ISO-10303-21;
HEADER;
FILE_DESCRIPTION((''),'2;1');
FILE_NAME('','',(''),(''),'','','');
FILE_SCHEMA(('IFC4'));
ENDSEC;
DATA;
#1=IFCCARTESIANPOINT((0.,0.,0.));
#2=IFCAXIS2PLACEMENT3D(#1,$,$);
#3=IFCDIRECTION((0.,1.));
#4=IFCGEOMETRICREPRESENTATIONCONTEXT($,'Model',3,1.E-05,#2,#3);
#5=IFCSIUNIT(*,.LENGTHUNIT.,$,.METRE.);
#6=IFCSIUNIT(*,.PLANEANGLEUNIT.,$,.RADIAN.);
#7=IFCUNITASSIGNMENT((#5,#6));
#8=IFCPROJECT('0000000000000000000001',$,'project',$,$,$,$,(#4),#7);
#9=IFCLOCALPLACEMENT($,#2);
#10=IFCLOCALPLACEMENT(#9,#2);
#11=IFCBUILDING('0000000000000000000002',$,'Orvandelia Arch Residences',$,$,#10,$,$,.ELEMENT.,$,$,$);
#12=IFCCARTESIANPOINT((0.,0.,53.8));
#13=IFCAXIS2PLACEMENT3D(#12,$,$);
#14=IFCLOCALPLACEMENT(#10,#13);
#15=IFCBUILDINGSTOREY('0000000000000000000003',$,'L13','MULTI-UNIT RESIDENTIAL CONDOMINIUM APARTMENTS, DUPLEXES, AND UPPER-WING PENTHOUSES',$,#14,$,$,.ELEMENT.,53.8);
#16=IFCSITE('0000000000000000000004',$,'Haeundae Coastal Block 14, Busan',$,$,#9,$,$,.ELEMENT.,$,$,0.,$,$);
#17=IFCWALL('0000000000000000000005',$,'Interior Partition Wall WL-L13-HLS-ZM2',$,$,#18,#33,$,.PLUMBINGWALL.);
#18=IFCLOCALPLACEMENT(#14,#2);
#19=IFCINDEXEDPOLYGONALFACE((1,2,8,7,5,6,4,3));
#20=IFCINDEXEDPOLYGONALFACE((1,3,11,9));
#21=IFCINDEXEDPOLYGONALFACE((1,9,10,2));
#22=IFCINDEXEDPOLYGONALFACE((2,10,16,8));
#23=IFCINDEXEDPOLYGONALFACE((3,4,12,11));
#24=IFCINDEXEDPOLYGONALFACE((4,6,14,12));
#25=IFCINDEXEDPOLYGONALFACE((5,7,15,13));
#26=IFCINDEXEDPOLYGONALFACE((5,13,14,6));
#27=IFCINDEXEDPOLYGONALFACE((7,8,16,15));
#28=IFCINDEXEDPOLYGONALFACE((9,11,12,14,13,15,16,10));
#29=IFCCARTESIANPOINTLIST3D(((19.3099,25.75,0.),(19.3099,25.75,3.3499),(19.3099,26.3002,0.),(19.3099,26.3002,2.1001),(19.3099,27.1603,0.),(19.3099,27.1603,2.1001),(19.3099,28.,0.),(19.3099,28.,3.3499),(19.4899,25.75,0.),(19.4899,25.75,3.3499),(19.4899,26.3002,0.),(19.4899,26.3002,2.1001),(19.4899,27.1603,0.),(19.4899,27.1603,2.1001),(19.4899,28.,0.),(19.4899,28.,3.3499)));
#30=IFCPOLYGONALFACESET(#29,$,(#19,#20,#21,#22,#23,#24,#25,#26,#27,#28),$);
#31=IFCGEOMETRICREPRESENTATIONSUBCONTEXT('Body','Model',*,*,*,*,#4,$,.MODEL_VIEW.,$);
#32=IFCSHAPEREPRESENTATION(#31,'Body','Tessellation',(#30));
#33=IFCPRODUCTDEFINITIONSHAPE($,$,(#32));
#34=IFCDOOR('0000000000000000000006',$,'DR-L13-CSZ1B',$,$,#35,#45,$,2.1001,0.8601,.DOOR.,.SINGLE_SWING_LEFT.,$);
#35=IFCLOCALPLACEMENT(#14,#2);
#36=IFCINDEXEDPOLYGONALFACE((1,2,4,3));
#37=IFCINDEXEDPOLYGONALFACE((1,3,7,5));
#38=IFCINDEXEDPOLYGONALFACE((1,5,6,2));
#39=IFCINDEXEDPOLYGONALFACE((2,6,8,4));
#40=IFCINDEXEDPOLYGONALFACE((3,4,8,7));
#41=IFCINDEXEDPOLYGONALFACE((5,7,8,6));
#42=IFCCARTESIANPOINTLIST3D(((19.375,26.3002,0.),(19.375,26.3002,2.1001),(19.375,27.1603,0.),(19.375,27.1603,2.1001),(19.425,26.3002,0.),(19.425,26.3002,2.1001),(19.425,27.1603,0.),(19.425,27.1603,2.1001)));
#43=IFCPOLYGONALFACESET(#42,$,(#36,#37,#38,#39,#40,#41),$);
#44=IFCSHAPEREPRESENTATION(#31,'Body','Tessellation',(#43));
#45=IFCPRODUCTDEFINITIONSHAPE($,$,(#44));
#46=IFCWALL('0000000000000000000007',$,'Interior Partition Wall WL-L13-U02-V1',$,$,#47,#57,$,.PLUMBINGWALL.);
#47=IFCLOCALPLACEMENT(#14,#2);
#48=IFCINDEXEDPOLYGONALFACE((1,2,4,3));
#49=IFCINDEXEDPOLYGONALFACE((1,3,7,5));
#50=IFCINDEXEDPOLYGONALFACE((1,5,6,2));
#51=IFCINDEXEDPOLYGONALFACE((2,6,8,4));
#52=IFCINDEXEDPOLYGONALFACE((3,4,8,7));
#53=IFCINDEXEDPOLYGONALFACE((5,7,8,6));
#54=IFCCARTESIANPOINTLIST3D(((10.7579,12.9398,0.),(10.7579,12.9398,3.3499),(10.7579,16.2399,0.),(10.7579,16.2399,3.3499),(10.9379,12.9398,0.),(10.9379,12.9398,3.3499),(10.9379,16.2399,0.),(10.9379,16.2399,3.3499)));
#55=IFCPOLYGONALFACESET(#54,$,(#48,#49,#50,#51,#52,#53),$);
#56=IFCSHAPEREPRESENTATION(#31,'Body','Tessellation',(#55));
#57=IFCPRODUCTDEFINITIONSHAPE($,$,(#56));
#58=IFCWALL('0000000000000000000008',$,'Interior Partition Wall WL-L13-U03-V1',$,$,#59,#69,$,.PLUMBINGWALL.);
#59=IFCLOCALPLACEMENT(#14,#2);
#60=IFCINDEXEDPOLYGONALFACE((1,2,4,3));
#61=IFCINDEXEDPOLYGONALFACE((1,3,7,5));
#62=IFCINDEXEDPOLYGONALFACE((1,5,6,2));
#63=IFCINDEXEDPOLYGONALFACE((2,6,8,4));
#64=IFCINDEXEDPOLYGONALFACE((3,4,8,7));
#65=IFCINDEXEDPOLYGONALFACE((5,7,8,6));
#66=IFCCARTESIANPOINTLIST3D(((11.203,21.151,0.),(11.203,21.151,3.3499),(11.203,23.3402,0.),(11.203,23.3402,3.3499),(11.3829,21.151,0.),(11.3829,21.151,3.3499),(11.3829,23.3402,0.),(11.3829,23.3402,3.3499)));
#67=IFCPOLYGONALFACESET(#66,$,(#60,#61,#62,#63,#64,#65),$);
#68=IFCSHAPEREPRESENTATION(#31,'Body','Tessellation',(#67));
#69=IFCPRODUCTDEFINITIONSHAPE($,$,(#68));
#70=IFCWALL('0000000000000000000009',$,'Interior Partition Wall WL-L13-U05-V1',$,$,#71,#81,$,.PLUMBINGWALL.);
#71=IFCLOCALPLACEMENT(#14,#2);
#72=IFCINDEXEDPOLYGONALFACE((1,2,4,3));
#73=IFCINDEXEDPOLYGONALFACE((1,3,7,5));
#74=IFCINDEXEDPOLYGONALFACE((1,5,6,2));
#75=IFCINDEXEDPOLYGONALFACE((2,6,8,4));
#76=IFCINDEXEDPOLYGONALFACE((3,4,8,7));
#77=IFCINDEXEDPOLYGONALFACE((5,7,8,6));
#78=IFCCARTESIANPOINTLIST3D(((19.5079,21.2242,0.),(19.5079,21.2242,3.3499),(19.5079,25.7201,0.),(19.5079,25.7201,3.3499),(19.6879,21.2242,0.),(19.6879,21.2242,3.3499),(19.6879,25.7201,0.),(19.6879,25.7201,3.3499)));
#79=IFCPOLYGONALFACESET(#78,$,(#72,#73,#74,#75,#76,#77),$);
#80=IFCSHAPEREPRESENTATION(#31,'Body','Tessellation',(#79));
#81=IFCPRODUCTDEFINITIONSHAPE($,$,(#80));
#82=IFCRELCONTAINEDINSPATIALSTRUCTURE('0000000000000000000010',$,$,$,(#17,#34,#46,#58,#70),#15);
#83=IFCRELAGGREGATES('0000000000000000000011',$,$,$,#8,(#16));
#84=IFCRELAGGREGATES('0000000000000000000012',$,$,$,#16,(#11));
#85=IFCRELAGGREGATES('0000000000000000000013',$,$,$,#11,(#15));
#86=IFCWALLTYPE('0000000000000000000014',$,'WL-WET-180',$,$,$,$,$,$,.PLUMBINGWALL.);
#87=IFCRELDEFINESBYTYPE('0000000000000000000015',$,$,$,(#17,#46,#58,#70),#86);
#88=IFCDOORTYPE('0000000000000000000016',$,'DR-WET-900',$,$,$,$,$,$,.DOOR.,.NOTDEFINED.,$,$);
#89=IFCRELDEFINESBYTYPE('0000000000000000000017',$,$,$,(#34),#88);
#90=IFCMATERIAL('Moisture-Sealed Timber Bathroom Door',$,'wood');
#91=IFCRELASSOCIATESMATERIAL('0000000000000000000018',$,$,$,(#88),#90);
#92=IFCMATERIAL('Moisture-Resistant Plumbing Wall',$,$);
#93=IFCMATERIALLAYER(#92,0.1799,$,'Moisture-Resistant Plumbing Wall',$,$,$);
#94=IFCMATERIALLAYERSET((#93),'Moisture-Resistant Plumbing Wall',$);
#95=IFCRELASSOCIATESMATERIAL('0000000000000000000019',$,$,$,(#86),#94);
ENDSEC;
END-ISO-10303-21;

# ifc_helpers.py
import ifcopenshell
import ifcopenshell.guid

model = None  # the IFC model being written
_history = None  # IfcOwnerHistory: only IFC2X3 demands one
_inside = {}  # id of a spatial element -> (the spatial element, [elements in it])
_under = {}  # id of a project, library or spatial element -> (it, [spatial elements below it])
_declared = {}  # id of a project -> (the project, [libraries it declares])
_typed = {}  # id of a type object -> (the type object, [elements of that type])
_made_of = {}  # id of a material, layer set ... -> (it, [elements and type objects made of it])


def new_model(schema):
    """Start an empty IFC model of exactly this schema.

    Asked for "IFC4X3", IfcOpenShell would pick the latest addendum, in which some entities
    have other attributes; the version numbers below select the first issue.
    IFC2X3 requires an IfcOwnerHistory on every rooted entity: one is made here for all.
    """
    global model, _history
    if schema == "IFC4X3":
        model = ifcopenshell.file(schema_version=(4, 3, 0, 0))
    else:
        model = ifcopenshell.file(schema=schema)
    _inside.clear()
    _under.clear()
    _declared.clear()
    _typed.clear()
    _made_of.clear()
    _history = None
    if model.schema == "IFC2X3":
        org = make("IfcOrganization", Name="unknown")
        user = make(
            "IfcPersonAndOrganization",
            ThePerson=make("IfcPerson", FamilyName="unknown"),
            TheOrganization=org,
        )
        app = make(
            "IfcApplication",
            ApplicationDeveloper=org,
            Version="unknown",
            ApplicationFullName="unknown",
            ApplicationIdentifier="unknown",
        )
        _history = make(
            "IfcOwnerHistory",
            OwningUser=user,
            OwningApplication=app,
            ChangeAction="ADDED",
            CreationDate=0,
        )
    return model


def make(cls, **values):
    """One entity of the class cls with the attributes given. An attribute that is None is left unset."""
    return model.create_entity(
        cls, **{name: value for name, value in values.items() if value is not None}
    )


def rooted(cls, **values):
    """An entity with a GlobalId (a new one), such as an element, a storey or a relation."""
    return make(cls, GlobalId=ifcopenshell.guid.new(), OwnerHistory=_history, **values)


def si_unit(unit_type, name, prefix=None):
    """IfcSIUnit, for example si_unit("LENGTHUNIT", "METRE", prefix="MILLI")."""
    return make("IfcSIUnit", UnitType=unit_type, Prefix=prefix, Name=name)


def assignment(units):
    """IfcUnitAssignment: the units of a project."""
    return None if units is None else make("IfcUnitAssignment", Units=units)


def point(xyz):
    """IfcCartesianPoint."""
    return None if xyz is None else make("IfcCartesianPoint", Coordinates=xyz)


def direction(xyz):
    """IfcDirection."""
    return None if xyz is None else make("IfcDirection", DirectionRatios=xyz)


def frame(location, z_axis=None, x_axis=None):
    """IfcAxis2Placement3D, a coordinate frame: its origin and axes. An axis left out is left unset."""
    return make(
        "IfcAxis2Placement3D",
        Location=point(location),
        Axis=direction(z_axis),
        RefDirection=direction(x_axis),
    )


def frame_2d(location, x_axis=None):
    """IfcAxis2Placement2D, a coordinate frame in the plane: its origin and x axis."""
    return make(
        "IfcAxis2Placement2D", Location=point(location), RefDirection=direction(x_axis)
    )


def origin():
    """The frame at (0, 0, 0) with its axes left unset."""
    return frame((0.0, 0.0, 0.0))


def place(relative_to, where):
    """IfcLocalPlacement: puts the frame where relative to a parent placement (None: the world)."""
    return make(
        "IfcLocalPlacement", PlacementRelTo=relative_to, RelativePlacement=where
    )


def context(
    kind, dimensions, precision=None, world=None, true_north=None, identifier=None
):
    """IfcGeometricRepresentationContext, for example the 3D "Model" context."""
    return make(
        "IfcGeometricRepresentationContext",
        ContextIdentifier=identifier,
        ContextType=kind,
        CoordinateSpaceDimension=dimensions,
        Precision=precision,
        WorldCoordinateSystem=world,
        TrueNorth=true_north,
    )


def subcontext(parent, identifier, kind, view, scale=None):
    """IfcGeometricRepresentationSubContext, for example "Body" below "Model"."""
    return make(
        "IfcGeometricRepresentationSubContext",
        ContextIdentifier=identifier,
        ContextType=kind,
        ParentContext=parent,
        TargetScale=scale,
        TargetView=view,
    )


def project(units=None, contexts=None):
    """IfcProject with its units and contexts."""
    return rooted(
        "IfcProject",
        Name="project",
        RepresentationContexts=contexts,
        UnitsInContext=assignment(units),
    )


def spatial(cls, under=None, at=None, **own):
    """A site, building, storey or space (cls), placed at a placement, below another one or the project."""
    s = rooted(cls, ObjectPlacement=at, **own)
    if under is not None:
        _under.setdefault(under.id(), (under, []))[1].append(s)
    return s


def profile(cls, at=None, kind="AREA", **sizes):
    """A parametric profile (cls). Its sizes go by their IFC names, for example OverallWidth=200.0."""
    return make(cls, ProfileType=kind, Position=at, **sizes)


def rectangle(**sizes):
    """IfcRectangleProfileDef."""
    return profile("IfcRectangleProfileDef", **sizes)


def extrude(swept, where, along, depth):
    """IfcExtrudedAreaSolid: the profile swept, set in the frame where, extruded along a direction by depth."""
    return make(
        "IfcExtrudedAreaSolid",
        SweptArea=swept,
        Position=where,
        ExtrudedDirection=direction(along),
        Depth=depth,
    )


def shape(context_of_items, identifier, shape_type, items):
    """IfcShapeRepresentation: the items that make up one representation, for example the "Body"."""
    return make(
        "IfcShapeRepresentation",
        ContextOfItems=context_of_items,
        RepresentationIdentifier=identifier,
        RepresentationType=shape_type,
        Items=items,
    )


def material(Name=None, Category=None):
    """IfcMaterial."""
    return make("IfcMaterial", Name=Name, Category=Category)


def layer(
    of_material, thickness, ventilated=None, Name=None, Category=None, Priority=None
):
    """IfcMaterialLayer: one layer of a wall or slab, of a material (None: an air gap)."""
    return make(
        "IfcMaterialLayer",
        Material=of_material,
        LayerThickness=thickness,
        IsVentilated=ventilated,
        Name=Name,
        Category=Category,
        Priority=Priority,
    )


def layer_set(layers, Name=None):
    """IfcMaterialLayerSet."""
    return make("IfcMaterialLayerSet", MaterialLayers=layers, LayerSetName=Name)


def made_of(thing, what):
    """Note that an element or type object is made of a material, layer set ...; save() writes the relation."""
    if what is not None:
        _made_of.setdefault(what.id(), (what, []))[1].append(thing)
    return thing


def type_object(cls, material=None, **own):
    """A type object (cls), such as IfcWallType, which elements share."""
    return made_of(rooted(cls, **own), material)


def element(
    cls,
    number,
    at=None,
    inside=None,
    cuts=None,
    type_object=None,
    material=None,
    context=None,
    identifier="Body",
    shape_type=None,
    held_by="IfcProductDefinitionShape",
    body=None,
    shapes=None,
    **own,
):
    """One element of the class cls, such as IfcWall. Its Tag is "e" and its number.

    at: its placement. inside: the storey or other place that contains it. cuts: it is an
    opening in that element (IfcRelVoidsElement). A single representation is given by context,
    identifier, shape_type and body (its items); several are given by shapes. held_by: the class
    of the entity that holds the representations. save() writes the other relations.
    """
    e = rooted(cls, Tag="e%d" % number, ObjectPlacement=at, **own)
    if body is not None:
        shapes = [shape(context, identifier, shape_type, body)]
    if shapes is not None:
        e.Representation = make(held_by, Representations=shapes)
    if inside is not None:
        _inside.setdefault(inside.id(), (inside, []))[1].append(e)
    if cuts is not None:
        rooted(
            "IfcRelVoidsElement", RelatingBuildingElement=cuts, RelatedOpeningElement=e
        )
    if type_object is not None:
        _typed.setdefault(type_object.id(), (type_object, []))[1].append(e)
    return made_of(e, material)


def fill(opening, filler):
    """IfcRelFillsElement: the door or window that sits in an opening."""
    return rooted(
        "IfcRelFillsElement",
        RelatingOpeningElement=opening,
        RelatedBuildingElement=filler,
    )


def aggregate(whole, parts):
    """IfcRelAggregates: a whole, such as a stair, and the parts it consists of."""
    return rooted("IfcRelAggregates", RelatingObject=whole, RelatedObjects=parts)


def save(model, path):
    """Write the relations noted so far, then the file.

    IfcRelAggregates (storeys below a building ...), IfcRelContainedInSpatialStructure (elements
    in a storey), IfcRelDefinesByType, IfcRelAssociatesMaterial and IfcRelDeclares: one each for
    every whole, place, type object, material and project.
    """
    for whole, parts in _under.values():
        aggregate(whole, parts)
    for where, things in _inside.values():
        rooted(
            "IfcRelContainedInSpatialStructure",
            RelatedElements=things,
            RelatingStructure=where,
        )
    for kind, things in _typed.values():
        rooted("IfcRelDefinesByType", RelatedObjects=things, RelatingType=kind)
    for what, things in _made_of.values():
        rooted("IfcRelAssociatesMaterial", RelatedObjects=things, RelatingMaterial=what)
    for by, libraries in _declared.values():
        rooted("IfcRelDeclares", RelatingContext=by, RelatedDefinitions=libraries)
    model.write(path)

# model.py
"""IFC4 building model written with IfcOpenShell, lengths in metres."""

from ifc_helpers import new_model, si_unit, direction, frame, frame_2d, origin, place, context, subcontext, project, spatial, rectangle, extrude, material, layer, layer_set, type_object, element, fill, save


model = new_model("IFC4")

# Units and contexts
model_context = context("Model", 3, precision=1e-05, world=origin(), true_north=direction((0.0, 1.0)))
body_context = subcontext(model_context, "Body", "Model", "MODEL_VIEW")
ifc_project = project(units=[si_unit("LENGTHUNIT", "METRE"), si_unit("PLANEANGLEUNIT", "RADIAN")], contexts=[model_context])

# Site, building, storey
site_placement = place(None, origin())
site = spatial("IfcSite", under=ifc_project, at=site_placement, Name="Haeundae Coastal Block 14, Busan", CompositionType="ELEMENT", RefElevation=0.0)
building_placement = place(site_placement, origin())
building = spatial("IfcBuilding", under=site, at=building_placement, Name="Orvandelia Arch Residences", CompositionType="ELEMENT")
storey_placement = place(building_placement, frame((0.0, 0.0, 53.8)))
storey = spatial("IfcBuildingStorey", under=building, at=storey_placement, Name="L13", Description="MULTI-UNIT RESIDENTIAL CONDOMINIUM APARTMENTS, DUPLEXES, AND UPPER-WING PENTHOUSES", CompositionType="ELEMENT", Elevation=53.8)

# Shared definitions
ifc_material_1 = material(Name="Moisture-Sealed Timber Bathroom Door", Category="wood")
door_type_1 = type_object("IfcDoorType", Name="DR-WET-900", OperationType="NOTDEFINED", PredefinedType="DOOR", material=ifc_material_1)

# Wall, opening, door
ifc_material_2 = material(Name="Moisture-Resistant Plumbing Wall")
ifc_layer_1 = layer(ifc_material_2, 0.1799, Name="Moisture-Resistant Plumbing Wall")
ifc_layer_set_1 = layer_set([ifc_layer_1], Name="Moisture-Resistant Plumbing Wall")
wall_type_1 = type_object("IfcWallType", Name="WL-WET-180", PredefinedType="PLUMBINGWALL", material=ifc_layer_set_1)
wall_1_placement = place(storey_placement, frame((19.3999, 25.75, 0.0), z_axis=(0.0, 0.0, 1.0), x_axis=(0.0, 1.0, 0.0)))
wall_1 = element("IfcWall", 1, at=wall_1_placement, inside=storey, type_object=wall_type_1, Name="Interior Partition Wall WL-L13-HLS-ZM2", PredefinedType="PLUMBINGWALL", context=body_context, shape_type="SweptSolid", body=[
    extrude(rectangle(XDim=2.25, YDim=0.1799, at=frame_2d((1.125, 0.0))), origin(), (0.0, 0.0, 1.0), 3.3499),
])
opening_1_placement = place(wall_1_placement, frame((0.55, 0.0, 0.0)))
opening_1 = element("IfcOpeningElement", 2, at=opening_1_placement, cuts=wall_1, PredefinedType="OPENING", context=body_context, shape_type="SweptSolid", body=[
    extrude(rectangle(XDim=0.8601, YDim=2.1001, at=frame_2d((0.4302, 1.05))), frame((0.0, 0.1001, 0.0), z_axis=(0.0, -1.0, 0.0), x_axis=(1.0, 0.0, 0.0)), (0.0, 0.0, 1.0), 0.2),
])
door_1_placement = place(opening_1_placement, origin())
door_1 = element("IfcDoor", 3, at=door_1_placement, inside=storey, type_object=door_type_1, Name="DR-L13-CSZ1B", OperationType="SINGLE_SWING_LEFT", OverallHeight=2.1001, OverallWidth=0.8601, PredefinedType="DOOR", context=body_context, shape_type="SweptSolid", body=[
    extrude(rectangle(XDim=0.8601, YDim=2.1001, at=frame_2d((0.4302, 1.05))), frame((0.0, 0.0249, 0.0), z_axis=(0.0, -1.0, 0.0), x_axis=(1.0, 0.0, 0.0)), (0.0, 0.0, 1.0), 0.05),
])
fill(opening_1, door_1)

# Walls
wall_2_placement = place(storey_placement, frame((10.8479, 12.9399, 0.0), z_axis=(0.0, 0.0, 1.0), x_axis=(0.0, 1.0, 0.0)))
element("IfcWall", 4, at=wall_2_placement, inside=storey, type_object=wall_type_1, Name="Interior Partition Wall WL-L13-U02-V1", PredefinedType="PLUMBINGWALL", context=body_context, shape_type="SweptSolid", body=[
    extrude(rectangle(XDim=3.3, YDim=0.1799, at=frame_2d((1.6499, 0.0))), origin(), (0.0, 0.0, 1.0), 3.3499),
])
wall_3_placement = place(storey_placement, frame((11.293, 21.1509, 0.0), z_axis=(0.0, 0.0, 1.0), x_axis=(0.0, 1.0, 0.0)))
element("IfcWall", 5, at=wall_3_placement, inside=storey, type_object=wall_type_1, Name="Interior Partition Wall WL-L13-U03-V1", PredefinedType="PLUMBINGWALL", context=body_context, shape_type="SweptSolid", body=[
    extrude(rectangle(XDim=2.1892, YDim=0.1799, at=frame_2d((1.0947, 0.0))), origin(), (0.0, 0.0, 1.0), 3.3499),
])

# Wall
wall_4_placement = place(storey_placement, frame((19.5979, 21.2241, 0.0), z_axis=(0.0, 0.0, 1.0), x_axis=(0.0, 1.0, 0.0)))
element("IfcWall", 6, at=wall_4_placement, inside=storey, type_object=wall_type_1, Name="Interior Partition Wall WL-L13-U05-V1", PredefinedType="PLUMBINGWALL", context=body_context, shape_type="SweptSolid", body=[
    extrude(rectangle(XDim=4.4958, YDim=0.1799, at=frame_2d((2.248, 0.0))), origin(), (0.0, 0.0, 1.0), 3.3499),
])

save(model, "model.ifc")
